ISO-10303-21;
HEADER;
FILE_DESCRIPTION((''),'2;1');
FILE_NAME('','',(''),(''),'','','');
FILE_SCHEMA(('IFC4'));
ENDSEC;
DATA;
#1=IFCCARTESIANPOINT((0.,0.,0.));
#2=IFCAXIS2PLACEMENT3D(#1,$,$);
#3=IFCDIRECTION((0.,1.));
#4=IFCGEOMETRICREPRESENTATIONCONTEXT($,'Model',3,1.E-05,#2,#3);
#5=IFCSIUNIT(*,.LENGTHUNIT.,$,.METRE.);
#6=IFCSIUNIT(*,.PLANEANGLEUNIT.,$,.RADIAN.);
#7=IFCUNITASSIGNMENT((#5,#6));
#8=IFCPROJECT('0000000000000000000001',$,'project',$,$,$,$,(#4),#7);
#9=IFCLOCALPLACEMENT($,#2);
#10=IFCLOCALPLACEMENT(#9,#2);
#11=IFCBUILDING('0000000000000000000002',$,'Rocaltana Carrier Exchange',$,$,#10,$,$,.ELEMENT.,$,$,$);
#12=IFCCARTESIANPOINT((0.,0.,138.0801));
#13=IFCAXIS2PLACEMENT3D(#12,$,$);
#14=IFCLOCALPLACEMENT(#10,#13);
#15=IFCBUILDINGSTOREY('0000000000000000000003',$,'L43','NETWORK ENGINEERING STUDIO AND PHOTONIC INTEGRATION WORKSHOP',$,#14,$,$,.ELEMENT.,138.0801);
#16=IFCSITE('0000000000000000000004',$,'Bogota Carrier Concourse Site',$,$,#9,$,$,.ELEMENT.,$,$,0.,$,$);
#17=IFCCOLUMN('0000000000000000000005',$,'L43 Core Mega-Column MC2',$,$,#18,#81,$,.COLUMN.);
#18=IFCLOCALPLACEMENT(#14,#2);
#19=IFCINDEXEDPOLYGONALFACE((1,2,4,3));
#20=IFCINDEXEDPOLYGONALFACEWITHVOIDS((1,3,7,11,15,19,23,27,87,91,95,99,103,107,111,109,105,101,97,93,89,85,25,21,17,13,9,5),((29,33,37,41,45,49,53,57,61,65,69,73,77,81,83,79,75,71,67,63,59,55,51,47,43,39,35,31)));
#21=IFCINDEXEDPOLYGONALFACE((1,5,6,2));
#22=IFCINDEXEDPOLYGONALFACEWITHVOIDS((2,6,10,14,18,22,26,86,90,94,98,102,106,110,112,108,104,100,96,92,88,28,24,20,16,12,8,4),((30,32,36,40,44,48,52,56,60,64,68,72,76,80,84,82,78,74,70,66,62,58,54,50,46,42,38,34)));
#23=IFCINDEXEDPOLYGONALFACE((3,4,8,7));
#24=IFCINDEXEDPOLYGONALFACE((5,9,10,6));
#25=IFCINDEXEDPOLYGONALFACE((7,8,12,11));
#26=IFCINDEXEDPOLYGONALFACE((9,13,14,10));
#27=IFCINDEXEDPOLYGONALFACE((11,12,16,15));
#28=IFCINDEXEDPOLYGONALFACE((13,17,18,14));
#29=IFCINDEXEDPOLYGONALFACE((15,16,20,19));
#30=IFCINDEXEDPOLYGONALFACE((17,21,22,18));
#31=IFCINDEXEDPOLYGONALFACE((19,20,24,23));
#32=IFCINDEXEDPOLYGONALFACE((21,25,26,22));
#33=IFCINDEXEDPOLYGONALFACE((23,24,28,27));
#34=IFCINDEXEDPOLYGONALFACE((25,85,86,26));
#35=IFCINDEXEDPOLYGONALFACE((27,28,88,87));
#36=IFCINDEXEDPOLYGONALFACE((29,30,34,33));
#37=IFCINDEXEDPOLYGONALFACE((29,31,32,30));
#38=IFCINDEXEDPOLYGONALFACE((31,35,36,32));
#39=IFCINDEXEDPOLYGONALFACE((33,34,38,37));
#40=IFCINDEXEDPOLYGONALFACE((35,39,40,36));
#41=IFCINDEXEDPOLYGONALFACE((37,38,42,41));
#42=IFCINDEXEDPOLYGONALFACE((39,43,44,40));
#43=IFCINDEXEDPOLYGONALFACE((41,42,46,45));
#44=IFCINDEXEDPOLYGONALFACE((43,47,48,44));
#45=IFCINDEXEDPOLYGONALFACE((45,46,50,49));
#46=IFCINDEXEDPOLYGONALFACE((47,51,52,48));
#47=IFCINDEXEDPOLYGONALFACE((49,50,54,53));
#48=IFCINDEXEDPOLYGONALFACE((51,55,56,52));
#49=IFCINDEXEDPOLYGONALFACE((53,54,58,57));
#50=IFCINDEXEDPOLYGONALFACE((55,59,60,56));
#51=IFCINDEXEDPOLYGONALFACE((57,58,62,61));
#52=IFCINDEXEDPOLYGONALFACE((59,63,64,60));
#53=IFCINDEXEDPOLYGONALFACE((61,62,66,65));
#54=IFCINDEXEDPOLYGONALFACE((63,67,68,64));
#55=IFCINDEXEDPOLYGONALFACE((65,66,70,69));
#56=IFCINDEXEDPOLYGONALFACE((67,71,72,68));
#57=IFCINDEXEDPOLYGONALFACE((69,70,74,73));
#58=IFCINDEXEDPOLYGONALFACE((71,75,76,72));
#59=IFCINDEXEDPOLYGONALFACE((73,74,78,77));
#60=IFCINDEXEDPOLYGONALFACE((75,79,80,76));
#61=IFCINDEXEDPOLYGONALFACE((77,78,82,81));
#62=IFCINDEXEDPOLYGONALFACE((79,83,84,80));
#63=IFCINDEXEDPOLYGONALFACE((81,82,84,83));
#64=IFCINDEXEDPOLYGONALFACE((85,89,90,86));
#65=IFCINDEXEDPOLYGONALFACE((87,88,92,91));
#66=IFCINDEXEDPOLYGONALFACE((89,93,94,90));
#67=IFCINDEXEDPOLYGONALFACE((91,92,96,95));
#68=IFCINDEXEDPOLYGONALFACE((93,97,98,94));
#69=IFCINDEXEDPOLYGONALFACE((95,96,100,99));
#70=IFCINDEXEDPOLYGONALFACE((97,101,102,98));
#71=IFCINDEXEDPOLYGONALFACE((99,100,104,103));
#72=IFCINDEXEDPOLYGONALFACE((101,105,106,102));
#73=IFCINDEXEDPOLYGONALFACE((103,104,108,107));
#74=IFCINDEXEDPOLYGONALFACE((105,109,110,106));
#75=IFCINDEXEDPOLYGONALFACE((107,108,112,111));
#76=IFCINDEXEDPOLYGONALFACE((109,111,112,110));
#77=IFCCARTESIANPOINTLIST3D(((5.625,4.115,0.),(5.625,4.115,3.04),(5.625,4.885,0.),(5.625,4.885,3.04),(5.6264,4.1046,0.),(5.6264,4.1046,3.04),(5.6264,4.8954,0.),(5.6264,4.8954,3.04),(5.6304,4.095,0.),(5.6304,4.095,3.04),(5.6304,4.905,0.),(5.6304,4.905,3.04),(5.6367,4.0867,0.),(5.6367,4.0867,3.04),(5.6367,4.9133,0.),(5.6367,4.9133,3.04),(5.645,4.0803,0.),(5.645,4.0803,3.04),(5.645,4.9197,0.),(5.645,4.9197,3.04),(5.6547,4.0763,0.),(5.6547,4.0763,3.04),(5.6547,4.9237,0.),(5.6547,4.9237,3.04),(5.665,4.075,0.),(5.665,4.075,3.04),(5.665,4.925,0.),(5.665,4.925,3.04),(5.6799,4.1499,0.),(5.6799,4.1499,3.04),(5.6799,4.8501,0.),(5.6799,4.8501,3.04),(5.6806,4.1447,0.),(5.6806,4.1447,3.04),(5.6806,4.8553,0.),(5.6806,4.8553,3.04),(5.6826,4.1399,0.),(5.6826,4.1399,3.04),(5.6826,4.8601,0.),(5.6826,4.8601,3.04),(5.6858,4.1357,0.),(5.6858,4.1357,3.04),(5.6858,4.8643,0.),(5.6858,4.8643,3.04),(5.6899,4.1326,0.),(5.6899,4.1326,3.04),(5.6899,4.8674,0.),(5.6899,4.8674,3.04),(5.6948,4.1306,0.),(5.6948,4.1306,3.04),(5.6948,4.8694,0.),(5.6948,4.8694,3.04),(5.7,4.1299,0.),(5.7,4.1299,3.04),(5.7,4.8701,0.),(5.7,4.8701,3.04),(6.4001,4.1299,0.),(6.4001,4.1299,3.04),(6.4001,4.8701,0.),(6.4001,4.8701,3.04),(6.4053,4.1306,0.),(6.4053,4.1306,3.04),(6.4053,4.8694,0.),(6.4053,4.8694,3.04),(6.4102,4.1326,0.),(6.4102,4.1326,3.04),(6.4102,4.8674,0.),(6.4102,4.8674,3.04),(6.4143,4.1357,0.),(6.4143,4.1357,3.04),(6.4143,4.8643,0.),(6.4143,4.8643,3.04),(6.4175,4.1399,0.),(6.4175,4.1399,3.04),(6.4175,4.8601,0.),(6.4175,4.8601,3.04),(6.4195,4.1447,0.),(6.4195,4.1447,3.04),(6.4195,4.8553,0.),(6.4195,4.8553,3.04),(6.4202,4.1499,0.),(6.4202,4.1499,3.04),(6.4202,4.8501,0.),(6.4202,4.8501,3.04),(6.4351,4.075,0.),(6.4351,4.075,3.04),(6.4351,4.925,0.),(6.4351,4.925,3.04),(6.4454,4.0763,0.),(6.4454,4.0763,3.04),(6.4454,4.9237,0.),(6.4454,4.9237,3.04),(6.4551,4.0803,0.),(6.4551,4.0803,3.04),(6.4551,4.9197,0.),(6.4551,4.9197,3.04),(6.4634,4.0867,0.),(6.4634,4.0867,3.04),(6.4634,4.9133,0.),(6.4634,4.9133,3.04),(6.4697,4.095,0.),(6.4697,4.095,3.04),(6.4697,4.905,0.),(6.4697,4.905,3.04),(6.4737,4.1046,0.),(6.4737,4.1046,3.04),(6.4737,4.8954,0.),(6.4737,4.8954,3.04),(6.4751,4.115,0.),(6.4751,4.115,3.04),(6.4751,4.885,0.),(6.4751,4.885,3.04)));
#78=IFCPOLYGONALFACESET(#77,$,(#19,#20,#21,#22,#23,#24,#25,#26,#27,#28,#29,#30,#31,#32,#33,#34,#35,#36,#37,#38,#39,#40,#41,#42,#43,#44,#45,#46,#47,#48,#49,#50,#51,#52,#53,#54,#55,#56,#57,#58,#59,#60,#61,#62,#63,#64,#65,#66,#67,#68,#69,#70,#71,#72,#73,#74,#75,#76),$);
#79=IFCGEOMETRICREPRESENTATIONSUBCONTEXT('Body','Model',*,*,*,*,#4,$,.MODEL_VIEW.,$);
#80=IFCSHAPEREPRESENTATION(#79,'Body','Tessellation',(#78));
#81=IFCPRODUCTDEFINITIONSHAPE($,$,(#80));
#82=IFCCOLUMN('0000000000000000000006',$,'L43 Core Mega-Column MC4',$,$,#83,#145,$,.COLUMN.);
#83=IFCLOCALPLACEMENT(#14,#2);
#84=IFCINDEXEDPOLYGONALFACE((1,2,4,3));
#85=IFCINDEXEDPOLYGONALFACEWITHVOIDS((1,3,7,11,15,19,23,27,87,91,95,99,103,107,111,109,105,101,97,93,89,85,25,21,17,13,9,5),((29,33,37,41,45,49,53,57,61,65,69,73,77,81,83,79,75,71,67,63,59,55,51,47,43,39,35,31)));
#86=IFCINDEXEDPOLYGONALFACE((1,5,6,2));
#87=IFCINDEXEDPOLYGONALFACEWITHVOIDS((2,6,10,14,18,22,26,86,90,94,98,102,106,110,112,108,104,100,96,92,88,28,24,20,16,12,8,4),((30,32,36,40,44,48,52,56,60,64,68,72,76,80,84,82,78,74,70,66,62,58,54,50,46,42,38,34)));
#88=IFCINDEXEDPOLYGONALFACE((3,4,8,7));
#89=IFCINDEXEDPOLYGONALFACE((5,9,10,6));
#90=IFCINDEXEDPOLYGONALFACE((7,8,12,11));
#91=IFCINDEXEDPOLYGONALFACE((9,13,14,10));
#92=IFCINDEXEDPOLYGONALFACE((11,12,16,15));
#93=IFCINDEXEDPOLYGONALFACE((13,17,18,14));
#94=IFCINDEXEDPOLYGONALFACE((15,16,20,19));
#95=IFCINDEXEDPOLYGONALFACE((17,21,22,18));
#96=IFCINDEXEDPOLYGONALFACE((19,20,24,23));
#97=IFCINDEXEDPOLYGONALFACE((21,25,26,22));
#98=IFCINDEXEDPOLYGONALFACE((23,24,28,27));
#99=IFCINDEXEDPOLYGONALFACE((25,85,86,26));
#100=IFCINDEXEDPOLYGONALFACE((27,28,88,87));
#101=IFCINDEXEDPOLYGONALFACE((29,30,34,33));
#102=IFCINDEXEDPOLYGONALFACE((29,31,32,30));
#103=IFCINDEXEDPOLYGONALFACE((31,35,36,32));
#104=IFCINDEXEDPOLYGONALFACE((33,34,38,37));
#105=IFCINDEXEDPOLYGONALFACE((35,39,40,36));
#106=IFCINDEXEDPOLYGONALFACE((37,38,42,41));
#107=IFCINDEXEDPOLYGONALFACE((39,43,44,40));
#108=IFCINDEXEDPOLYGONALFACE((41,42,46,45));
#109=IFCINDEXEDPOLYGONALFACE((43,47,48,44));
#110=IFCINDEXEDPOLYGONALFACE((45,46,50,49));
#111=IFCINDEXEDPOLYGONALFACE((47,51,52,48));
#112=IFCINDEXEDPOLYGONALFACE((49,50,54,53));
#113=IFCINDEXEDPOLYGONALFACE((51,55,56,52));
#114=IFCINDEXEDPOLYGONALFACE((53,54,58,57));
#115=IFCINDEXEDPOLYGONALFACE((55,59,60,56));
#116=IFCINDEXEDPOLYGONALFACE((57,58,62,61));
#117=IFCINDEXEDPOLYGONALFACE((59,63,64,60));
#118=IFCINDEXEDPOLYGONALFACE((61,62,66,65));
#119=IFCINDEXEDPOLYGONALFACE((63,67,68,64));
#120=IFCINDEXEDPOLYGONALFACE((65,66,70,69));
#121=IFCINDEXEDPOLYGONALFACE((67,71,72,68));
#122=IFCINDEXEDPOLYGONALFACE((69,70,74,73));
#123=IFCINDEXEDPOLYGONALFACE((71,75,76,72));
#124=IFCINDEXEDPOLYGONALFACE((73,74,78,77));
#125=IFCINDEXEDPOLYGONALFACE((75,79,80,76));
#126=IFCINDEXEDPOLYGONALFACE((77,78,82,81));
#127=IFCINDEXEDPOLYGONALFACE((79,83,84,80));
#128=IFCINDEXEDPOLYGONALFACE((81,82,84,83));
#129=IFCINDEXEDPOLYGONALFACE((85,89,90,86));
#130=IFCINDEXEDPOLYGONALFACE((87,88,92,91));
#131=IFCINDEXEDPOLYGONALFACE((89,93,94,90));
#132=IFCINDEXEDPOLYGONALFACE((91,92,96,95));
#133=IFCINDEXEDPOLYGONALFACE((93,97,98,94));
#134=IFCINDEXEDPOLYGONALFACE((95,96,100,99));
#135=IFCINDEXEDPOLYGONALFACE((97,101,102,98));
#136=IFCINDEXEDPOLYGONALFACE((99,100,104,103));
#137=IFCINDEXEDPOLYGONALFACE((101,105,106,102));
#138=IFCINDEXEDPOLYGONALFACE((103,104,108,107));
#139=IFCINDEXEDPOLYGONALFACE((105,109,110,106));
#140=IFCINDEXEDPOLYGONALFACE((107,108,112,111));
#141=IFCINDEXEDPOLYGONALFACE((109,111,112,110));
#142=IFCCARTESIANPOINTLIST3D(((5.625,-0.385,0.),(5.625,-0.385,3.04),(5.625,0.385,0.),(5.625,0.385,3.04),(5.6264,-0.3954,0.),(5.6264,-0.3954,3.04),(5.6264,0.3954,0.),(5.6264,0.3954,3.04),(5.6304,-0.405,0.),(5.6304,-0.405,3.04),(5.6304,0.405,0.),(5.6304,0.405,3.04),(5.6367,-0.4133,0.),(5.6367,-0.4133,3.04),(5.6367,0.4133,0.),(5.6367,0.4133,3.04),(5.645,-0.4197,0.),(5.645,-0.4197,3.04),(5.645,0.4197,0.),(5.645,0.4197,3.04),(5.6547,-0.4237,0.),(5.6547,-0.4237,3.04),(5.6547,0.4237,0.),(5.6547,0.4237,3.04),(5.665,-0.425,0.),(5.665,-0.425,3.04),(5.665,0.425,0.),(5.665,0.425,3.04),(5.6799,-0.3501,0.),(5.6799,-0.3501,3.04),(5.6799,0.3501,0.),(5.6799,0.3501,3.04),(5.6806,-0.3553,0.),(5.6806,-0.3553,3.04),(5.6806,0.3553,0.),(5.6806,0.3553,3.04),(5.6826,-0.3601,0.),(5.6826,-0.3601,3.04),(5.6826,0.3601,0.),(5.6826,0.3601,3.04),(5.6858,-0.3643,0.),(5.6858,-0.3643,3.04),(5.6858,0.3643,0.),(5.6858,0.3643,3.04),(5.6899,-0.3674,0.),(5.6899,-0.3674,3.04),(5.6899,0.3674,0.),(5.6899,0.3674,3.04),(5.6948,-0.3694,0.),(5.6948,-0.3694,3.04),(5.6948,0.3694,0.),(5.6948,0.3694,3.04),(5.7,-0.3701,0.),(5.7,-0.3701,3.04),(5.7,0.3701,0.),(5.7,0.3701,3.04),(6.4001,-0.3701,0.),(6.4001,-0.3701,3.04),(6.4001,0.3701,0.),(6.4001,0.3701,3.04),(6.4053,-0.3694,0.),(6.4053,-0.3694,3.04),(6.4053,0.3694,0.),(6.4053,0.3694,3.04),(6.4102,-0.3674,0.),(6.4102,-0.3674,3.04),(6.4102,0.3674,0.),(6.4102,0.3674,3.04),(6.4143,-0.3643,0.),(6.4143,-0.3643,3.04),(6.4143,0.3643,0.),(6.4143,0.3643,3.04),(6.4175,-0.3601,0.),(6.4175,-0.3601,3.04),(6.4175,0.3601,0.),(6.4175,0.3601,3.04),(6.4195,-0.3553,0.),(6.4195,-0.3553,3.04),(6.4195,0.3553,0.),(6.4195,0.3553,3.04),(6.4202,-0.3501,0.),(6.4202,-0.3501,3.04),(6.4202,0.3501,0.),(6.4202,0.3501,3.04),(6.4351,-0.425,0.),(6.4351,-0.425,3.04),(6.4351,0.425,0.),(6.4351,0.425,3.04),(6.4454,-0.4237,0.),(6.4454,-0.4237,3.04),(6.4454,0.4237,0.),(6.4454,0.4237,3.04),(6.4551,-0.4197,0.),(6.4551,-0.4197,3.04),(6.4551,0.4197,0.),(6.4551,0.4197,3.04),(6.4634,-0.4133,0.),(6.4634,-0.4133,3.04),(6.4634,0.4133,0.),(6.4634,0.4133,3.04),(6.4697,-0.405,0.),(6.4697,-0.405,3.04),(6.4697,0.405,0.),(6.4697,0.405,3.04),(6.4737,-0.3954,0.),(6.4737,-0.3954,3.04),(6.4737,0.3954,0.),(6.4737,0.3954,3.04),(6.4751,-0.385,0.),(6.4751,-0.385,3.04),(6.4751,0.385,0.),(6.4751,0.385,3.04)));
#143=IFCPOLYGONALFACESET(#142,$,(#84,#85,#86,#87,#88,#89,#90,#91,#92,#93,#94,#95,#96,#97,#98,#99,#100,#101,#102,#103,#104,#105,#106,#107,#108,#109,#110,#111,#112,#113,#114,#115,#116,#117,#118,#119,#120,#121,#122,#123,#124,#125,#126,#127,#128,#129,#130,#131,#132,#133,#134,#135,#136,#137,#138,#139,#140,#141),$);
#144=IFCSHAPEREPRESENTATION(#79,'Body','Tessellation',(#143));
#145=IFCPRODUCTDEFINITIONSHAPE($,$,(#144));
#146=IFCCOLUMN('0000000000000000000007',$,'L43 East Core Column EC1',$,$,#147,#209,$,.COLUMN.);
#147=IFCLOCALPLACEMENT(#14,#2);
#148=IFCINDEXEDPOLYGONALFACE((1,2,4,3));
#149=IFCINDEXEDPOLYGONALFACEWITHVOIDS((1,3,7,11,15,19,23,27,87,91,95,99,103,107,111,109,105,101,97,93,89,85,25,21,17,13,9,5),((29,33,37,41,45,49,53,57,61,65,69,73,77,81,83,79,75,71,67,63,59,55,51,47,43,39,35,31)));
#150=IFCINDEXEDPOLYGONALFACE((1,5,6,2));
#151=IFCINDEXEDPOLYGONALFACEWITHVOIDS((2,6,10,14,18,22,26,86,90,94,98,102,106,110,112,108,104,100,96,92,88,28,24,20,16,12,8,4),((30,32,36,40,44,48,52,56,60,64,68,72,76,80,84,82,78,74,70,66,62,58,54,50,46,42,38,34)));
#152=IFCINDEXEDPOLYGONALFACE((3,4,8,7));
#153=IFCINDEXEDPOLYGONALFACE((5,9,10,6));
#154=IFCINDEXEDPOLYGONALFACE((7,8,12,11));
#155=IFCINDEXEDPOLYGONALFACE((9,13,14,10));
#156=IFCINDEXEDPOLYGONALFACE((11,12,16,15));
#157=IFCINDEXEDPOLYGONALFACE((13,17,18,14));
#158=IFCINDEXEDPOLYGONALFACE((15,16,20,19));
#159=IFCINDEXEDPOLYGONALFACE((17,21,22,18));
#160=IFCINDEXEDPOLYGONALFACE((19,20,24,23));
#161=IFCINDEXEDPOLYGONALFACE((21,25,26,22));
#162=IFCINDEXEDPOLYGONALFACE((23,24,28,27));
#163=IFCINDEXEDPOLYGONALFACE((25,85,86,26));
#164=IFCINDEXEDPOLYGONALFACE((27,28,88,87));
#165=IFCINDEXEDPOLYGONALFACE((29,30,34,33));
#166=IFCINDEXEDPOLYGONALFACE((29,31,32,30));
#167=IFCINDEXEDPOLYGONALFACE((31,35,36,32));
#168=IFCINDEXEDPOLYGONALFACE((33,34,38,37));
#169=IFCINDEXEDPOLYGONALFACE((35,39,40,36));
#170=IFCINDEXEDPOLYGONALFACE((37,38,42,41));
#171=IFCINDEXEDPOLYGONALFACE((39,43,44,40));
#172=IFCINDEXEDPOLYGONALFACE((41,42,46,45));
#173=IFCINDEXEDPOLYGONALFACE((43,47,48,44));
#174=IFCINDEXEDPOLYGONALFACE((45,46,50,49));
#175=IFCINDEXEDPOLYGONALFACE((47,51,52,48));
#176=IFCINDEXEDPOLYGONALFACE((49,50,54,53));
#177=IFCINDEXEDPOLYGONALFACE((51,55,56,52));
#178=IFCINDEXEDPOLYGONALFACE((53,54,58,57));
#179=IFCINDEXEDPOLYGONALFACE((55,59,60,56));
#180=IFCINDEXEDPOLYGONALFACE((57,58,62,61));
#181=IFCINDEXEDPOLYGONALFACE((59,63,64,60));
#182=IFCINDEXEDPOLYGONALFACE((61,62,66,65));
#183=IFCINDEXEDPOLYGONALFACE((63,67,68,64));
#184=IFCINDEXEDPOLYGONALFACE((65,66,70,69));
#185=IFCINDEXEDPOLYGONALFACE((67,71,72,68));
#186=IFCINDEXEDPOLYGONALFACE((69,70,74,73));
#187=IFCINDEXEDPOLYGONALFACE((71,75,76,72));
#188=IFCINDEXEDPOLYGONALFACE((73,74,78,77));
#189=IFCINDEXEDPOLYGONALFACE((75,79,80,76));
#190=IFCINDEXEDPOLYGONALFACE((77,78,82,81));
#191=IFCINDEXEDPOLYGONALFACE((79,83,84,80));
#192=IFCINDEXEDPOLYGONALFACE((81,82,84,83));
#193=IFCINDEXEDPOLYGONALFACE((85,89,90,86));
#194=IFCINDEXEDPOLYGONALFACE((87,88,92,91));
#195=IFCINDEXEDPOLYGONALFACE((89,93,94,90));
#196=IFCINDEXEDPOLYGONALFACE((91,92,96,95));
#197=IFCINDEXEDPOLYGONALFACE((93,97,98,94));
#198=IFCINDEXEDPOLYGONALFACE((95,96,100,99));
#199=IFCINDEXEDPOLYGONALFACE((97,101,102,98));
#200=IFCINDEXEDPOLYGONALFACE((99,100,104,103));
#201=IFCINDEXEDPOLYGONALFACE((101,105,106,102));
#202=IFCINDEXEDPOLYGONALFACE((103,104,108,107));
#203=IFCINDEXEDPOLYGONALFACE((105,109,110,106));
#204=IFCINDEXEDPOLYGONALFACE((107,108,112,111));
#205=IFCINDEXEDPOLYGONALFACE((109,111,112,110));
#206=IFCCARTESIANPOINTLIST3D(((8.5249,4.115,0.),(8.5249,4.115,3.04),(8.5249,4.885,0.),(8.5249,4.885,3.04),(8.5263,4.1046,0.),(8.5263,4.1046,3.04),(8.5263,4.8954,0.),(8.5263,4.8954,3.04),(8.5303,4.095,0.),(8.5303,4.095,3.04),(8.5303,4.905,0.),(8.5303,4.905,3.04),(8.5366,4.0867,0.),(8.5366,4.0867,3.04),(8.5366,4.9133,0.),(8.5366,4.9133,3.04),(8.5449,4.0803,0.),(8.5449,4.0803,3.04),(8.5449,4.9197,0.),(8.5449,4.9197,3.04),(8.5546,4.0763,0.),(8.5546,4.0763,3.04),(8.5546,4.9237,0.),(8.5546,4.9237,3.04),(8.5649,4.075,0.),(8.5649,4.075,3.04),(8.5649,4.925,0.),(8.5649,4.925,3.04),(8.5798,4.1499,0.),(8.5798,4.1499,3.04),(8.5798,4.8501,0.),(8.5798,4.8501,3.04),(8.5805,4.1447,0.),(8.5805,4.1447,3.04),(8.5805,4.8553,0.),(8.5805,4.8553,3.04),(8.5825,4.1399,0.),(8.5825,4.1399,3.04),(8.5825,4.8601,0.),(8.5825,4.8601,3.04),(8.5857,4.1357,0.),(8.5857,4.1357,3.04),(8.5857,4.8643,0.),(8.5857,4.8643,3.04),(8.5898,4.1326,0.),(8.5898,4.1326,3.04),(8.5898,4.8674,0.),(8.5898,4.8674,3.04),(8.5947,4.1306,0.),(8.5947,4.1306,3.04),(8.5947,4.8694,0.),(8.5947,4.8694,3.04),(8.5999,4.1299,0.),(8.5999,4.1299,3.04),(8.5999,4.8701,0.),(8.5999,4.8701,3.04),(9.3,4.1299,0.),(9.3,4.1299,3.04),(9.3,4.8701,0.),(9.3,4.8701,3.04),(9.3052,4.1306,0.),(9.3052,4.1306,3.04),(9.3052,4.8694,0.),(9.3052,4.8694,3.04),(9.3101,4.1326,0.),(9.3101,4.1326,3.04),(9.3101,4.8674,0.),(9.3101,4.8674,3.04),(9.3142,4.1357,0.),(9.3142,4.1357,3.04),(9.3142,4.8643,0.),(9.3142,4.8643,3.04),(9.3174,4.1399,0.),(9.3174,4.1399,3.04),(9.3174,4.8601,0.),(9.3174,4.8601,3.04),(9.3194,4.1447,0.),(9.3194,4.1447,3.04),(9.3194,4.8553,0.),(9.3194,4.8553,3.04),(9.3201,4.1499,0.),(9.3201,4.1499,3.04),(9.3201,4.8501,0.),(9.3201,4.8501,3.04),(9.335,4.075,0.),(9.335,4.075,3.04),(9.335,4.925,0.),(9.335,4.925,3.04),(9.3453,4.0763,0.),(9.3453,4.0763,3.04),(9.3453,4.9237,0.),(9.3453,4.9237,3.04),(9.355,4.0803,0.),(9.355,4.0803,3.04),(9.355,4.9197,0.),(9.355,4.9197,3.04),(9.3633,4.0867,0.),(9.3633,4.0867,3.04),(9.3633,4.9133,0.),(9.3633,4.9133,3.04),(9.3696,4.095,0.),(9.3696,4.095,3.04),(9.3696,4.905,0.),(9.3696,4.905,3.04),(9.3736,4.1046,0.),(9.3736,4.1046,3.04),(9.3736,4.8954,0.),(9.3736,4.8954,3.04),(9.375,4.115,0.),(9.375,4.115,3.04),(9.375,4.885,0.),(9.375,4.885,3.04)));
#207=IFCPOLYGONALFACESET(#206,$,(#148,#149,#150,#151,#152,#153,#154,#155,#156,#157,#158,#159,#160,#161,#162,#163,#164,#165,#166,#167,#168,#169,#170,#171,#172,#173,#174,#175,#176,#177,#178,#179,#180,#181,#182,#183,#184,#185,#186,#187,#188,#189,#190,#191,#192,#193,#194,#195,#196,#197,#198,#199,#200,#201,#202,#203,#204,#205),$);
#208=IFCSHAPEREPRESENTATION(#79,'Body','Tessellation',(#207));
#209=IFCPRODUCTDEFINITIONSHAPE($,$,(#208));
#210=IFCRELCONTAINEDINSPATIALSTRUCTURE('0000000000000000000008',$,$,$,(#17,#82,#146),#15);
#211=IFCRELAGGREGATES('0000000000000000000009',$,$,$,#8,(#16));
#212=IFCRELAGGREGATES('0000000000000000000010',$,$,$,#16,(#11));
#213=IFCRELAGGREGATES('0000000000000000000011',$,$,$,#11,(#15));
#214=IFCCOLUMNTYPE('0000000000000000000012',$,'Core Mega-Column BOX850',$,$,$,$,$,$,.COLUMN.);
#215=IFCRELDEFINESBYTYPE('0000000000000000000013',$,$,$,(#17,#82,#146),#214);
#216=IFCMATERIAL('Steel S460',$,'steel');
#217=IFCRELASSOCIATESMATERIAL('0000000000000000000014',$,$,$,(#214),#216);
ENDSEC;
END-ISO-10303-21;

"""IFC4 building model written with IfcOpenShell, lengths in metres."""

from ifc_helpers import new_model, si_unit, direction, frame, origin, origin_2d, place, context, subcontext, project, spatial, hollow_rectangle, extrude, material, material_profile, profile_set, type_object, element, save


model = new_model("IFC4")

# Units and contexts
model_context = context("Model", 3, precision=1e-05, world=origin(), true_north=direction((0.0, 1.0)))
body_context = subcontext(model_context, "Body", "Model", "MODEL_VIEW")
ifc_project = project(units=[si_unit("LENGTHUNIT", "METRE"), si_unit("PLANEANGLEUNIT", "RADIAN")], contexts=[model_context])

# Site, building, storey
site_placement = place(None, origin())
site = spatial("IfcSite", under=ifc_project, at=site_placement, Name="Bogota Carrier Concourse Site", CompositionType="ELEMENT", RefElevation=0.0)
building_placement = place(site_placement, origin())
building = spatial("IfcBuilding", under=site, at=building_placement, Name="Rocaltana Carrier Exchange", CompositionType="ELEMENT")
storey_placement = place(building_placement, frame((0.0, 0.0, 138.0801)))
storey = spatial("IfcBuildingStorey", under=building, at=storey_placement, Name="L43", Description="NETWORK ENGINEERING STUDIO AND PHOTONIC INTEGRATION WORKSHOP", CompositionType="ELEMENT", Elevation=138.0801)

# Columns
ifc_material_1 = material(Name="Steel S460", Category="steel")
ifc_material_profile_1 = material_profile(ifc_material_1, hollow_rectangle(XDim=0.8501, YDim=0.8501, WallThickness=0.0549, InnerFilletRadius=0.02, OuterFilletRadius=0.04, at=origin_2d()), Name="BOX850X850X55")
ifc_profile_set_1 = profile_set([ifc_material_profile_1], Name="Steel S460")
column_type = type_object("IfcColumnType", Name="Core Mega-Column BOX850", PredefinedType="COLUMN", material=ifc_profile_set_1)
for number, where, z_axis, x_axis, name in (
    (1, (6.05, 4.5, 0.0), (0.0, 0.0, 1.0), (1.0, 0.0, 0.0), "L43 Core Mega-Column MC2"),
    (2, (6.05, 0.0, 0.0), (0.0, 0.0, 1.0), (1.0, 0.0, 0.0), "L43 Core Mega-Column MC4"),
    (3, (8.95, 4.5, 0.0), (0.0, 0.0, 1.0), (1.0, 0.0, 0.0), "L43 East Core Column EC1"),
):
    element("IfcColumn", number, at=place(storey_placement, frame(where, z_axis=z_axis, x_axis=x_axis)), inside=storey, type_object=column_type, Name=name, PredefinedType="COLUMN", context=body_context, shape_type="SweptSolid", body=[
        extrude(hollow_rectangle(XDim=0.8501, YDim=0.8501, WallThickness=0.0549, InnerFilletRadius=0.02, OuterFilletRadius=0.04, at=origin_2d()), origin(), (0.0, 0.0, 1.0), 3.04),
    ])

save(model, "model.ifc")
